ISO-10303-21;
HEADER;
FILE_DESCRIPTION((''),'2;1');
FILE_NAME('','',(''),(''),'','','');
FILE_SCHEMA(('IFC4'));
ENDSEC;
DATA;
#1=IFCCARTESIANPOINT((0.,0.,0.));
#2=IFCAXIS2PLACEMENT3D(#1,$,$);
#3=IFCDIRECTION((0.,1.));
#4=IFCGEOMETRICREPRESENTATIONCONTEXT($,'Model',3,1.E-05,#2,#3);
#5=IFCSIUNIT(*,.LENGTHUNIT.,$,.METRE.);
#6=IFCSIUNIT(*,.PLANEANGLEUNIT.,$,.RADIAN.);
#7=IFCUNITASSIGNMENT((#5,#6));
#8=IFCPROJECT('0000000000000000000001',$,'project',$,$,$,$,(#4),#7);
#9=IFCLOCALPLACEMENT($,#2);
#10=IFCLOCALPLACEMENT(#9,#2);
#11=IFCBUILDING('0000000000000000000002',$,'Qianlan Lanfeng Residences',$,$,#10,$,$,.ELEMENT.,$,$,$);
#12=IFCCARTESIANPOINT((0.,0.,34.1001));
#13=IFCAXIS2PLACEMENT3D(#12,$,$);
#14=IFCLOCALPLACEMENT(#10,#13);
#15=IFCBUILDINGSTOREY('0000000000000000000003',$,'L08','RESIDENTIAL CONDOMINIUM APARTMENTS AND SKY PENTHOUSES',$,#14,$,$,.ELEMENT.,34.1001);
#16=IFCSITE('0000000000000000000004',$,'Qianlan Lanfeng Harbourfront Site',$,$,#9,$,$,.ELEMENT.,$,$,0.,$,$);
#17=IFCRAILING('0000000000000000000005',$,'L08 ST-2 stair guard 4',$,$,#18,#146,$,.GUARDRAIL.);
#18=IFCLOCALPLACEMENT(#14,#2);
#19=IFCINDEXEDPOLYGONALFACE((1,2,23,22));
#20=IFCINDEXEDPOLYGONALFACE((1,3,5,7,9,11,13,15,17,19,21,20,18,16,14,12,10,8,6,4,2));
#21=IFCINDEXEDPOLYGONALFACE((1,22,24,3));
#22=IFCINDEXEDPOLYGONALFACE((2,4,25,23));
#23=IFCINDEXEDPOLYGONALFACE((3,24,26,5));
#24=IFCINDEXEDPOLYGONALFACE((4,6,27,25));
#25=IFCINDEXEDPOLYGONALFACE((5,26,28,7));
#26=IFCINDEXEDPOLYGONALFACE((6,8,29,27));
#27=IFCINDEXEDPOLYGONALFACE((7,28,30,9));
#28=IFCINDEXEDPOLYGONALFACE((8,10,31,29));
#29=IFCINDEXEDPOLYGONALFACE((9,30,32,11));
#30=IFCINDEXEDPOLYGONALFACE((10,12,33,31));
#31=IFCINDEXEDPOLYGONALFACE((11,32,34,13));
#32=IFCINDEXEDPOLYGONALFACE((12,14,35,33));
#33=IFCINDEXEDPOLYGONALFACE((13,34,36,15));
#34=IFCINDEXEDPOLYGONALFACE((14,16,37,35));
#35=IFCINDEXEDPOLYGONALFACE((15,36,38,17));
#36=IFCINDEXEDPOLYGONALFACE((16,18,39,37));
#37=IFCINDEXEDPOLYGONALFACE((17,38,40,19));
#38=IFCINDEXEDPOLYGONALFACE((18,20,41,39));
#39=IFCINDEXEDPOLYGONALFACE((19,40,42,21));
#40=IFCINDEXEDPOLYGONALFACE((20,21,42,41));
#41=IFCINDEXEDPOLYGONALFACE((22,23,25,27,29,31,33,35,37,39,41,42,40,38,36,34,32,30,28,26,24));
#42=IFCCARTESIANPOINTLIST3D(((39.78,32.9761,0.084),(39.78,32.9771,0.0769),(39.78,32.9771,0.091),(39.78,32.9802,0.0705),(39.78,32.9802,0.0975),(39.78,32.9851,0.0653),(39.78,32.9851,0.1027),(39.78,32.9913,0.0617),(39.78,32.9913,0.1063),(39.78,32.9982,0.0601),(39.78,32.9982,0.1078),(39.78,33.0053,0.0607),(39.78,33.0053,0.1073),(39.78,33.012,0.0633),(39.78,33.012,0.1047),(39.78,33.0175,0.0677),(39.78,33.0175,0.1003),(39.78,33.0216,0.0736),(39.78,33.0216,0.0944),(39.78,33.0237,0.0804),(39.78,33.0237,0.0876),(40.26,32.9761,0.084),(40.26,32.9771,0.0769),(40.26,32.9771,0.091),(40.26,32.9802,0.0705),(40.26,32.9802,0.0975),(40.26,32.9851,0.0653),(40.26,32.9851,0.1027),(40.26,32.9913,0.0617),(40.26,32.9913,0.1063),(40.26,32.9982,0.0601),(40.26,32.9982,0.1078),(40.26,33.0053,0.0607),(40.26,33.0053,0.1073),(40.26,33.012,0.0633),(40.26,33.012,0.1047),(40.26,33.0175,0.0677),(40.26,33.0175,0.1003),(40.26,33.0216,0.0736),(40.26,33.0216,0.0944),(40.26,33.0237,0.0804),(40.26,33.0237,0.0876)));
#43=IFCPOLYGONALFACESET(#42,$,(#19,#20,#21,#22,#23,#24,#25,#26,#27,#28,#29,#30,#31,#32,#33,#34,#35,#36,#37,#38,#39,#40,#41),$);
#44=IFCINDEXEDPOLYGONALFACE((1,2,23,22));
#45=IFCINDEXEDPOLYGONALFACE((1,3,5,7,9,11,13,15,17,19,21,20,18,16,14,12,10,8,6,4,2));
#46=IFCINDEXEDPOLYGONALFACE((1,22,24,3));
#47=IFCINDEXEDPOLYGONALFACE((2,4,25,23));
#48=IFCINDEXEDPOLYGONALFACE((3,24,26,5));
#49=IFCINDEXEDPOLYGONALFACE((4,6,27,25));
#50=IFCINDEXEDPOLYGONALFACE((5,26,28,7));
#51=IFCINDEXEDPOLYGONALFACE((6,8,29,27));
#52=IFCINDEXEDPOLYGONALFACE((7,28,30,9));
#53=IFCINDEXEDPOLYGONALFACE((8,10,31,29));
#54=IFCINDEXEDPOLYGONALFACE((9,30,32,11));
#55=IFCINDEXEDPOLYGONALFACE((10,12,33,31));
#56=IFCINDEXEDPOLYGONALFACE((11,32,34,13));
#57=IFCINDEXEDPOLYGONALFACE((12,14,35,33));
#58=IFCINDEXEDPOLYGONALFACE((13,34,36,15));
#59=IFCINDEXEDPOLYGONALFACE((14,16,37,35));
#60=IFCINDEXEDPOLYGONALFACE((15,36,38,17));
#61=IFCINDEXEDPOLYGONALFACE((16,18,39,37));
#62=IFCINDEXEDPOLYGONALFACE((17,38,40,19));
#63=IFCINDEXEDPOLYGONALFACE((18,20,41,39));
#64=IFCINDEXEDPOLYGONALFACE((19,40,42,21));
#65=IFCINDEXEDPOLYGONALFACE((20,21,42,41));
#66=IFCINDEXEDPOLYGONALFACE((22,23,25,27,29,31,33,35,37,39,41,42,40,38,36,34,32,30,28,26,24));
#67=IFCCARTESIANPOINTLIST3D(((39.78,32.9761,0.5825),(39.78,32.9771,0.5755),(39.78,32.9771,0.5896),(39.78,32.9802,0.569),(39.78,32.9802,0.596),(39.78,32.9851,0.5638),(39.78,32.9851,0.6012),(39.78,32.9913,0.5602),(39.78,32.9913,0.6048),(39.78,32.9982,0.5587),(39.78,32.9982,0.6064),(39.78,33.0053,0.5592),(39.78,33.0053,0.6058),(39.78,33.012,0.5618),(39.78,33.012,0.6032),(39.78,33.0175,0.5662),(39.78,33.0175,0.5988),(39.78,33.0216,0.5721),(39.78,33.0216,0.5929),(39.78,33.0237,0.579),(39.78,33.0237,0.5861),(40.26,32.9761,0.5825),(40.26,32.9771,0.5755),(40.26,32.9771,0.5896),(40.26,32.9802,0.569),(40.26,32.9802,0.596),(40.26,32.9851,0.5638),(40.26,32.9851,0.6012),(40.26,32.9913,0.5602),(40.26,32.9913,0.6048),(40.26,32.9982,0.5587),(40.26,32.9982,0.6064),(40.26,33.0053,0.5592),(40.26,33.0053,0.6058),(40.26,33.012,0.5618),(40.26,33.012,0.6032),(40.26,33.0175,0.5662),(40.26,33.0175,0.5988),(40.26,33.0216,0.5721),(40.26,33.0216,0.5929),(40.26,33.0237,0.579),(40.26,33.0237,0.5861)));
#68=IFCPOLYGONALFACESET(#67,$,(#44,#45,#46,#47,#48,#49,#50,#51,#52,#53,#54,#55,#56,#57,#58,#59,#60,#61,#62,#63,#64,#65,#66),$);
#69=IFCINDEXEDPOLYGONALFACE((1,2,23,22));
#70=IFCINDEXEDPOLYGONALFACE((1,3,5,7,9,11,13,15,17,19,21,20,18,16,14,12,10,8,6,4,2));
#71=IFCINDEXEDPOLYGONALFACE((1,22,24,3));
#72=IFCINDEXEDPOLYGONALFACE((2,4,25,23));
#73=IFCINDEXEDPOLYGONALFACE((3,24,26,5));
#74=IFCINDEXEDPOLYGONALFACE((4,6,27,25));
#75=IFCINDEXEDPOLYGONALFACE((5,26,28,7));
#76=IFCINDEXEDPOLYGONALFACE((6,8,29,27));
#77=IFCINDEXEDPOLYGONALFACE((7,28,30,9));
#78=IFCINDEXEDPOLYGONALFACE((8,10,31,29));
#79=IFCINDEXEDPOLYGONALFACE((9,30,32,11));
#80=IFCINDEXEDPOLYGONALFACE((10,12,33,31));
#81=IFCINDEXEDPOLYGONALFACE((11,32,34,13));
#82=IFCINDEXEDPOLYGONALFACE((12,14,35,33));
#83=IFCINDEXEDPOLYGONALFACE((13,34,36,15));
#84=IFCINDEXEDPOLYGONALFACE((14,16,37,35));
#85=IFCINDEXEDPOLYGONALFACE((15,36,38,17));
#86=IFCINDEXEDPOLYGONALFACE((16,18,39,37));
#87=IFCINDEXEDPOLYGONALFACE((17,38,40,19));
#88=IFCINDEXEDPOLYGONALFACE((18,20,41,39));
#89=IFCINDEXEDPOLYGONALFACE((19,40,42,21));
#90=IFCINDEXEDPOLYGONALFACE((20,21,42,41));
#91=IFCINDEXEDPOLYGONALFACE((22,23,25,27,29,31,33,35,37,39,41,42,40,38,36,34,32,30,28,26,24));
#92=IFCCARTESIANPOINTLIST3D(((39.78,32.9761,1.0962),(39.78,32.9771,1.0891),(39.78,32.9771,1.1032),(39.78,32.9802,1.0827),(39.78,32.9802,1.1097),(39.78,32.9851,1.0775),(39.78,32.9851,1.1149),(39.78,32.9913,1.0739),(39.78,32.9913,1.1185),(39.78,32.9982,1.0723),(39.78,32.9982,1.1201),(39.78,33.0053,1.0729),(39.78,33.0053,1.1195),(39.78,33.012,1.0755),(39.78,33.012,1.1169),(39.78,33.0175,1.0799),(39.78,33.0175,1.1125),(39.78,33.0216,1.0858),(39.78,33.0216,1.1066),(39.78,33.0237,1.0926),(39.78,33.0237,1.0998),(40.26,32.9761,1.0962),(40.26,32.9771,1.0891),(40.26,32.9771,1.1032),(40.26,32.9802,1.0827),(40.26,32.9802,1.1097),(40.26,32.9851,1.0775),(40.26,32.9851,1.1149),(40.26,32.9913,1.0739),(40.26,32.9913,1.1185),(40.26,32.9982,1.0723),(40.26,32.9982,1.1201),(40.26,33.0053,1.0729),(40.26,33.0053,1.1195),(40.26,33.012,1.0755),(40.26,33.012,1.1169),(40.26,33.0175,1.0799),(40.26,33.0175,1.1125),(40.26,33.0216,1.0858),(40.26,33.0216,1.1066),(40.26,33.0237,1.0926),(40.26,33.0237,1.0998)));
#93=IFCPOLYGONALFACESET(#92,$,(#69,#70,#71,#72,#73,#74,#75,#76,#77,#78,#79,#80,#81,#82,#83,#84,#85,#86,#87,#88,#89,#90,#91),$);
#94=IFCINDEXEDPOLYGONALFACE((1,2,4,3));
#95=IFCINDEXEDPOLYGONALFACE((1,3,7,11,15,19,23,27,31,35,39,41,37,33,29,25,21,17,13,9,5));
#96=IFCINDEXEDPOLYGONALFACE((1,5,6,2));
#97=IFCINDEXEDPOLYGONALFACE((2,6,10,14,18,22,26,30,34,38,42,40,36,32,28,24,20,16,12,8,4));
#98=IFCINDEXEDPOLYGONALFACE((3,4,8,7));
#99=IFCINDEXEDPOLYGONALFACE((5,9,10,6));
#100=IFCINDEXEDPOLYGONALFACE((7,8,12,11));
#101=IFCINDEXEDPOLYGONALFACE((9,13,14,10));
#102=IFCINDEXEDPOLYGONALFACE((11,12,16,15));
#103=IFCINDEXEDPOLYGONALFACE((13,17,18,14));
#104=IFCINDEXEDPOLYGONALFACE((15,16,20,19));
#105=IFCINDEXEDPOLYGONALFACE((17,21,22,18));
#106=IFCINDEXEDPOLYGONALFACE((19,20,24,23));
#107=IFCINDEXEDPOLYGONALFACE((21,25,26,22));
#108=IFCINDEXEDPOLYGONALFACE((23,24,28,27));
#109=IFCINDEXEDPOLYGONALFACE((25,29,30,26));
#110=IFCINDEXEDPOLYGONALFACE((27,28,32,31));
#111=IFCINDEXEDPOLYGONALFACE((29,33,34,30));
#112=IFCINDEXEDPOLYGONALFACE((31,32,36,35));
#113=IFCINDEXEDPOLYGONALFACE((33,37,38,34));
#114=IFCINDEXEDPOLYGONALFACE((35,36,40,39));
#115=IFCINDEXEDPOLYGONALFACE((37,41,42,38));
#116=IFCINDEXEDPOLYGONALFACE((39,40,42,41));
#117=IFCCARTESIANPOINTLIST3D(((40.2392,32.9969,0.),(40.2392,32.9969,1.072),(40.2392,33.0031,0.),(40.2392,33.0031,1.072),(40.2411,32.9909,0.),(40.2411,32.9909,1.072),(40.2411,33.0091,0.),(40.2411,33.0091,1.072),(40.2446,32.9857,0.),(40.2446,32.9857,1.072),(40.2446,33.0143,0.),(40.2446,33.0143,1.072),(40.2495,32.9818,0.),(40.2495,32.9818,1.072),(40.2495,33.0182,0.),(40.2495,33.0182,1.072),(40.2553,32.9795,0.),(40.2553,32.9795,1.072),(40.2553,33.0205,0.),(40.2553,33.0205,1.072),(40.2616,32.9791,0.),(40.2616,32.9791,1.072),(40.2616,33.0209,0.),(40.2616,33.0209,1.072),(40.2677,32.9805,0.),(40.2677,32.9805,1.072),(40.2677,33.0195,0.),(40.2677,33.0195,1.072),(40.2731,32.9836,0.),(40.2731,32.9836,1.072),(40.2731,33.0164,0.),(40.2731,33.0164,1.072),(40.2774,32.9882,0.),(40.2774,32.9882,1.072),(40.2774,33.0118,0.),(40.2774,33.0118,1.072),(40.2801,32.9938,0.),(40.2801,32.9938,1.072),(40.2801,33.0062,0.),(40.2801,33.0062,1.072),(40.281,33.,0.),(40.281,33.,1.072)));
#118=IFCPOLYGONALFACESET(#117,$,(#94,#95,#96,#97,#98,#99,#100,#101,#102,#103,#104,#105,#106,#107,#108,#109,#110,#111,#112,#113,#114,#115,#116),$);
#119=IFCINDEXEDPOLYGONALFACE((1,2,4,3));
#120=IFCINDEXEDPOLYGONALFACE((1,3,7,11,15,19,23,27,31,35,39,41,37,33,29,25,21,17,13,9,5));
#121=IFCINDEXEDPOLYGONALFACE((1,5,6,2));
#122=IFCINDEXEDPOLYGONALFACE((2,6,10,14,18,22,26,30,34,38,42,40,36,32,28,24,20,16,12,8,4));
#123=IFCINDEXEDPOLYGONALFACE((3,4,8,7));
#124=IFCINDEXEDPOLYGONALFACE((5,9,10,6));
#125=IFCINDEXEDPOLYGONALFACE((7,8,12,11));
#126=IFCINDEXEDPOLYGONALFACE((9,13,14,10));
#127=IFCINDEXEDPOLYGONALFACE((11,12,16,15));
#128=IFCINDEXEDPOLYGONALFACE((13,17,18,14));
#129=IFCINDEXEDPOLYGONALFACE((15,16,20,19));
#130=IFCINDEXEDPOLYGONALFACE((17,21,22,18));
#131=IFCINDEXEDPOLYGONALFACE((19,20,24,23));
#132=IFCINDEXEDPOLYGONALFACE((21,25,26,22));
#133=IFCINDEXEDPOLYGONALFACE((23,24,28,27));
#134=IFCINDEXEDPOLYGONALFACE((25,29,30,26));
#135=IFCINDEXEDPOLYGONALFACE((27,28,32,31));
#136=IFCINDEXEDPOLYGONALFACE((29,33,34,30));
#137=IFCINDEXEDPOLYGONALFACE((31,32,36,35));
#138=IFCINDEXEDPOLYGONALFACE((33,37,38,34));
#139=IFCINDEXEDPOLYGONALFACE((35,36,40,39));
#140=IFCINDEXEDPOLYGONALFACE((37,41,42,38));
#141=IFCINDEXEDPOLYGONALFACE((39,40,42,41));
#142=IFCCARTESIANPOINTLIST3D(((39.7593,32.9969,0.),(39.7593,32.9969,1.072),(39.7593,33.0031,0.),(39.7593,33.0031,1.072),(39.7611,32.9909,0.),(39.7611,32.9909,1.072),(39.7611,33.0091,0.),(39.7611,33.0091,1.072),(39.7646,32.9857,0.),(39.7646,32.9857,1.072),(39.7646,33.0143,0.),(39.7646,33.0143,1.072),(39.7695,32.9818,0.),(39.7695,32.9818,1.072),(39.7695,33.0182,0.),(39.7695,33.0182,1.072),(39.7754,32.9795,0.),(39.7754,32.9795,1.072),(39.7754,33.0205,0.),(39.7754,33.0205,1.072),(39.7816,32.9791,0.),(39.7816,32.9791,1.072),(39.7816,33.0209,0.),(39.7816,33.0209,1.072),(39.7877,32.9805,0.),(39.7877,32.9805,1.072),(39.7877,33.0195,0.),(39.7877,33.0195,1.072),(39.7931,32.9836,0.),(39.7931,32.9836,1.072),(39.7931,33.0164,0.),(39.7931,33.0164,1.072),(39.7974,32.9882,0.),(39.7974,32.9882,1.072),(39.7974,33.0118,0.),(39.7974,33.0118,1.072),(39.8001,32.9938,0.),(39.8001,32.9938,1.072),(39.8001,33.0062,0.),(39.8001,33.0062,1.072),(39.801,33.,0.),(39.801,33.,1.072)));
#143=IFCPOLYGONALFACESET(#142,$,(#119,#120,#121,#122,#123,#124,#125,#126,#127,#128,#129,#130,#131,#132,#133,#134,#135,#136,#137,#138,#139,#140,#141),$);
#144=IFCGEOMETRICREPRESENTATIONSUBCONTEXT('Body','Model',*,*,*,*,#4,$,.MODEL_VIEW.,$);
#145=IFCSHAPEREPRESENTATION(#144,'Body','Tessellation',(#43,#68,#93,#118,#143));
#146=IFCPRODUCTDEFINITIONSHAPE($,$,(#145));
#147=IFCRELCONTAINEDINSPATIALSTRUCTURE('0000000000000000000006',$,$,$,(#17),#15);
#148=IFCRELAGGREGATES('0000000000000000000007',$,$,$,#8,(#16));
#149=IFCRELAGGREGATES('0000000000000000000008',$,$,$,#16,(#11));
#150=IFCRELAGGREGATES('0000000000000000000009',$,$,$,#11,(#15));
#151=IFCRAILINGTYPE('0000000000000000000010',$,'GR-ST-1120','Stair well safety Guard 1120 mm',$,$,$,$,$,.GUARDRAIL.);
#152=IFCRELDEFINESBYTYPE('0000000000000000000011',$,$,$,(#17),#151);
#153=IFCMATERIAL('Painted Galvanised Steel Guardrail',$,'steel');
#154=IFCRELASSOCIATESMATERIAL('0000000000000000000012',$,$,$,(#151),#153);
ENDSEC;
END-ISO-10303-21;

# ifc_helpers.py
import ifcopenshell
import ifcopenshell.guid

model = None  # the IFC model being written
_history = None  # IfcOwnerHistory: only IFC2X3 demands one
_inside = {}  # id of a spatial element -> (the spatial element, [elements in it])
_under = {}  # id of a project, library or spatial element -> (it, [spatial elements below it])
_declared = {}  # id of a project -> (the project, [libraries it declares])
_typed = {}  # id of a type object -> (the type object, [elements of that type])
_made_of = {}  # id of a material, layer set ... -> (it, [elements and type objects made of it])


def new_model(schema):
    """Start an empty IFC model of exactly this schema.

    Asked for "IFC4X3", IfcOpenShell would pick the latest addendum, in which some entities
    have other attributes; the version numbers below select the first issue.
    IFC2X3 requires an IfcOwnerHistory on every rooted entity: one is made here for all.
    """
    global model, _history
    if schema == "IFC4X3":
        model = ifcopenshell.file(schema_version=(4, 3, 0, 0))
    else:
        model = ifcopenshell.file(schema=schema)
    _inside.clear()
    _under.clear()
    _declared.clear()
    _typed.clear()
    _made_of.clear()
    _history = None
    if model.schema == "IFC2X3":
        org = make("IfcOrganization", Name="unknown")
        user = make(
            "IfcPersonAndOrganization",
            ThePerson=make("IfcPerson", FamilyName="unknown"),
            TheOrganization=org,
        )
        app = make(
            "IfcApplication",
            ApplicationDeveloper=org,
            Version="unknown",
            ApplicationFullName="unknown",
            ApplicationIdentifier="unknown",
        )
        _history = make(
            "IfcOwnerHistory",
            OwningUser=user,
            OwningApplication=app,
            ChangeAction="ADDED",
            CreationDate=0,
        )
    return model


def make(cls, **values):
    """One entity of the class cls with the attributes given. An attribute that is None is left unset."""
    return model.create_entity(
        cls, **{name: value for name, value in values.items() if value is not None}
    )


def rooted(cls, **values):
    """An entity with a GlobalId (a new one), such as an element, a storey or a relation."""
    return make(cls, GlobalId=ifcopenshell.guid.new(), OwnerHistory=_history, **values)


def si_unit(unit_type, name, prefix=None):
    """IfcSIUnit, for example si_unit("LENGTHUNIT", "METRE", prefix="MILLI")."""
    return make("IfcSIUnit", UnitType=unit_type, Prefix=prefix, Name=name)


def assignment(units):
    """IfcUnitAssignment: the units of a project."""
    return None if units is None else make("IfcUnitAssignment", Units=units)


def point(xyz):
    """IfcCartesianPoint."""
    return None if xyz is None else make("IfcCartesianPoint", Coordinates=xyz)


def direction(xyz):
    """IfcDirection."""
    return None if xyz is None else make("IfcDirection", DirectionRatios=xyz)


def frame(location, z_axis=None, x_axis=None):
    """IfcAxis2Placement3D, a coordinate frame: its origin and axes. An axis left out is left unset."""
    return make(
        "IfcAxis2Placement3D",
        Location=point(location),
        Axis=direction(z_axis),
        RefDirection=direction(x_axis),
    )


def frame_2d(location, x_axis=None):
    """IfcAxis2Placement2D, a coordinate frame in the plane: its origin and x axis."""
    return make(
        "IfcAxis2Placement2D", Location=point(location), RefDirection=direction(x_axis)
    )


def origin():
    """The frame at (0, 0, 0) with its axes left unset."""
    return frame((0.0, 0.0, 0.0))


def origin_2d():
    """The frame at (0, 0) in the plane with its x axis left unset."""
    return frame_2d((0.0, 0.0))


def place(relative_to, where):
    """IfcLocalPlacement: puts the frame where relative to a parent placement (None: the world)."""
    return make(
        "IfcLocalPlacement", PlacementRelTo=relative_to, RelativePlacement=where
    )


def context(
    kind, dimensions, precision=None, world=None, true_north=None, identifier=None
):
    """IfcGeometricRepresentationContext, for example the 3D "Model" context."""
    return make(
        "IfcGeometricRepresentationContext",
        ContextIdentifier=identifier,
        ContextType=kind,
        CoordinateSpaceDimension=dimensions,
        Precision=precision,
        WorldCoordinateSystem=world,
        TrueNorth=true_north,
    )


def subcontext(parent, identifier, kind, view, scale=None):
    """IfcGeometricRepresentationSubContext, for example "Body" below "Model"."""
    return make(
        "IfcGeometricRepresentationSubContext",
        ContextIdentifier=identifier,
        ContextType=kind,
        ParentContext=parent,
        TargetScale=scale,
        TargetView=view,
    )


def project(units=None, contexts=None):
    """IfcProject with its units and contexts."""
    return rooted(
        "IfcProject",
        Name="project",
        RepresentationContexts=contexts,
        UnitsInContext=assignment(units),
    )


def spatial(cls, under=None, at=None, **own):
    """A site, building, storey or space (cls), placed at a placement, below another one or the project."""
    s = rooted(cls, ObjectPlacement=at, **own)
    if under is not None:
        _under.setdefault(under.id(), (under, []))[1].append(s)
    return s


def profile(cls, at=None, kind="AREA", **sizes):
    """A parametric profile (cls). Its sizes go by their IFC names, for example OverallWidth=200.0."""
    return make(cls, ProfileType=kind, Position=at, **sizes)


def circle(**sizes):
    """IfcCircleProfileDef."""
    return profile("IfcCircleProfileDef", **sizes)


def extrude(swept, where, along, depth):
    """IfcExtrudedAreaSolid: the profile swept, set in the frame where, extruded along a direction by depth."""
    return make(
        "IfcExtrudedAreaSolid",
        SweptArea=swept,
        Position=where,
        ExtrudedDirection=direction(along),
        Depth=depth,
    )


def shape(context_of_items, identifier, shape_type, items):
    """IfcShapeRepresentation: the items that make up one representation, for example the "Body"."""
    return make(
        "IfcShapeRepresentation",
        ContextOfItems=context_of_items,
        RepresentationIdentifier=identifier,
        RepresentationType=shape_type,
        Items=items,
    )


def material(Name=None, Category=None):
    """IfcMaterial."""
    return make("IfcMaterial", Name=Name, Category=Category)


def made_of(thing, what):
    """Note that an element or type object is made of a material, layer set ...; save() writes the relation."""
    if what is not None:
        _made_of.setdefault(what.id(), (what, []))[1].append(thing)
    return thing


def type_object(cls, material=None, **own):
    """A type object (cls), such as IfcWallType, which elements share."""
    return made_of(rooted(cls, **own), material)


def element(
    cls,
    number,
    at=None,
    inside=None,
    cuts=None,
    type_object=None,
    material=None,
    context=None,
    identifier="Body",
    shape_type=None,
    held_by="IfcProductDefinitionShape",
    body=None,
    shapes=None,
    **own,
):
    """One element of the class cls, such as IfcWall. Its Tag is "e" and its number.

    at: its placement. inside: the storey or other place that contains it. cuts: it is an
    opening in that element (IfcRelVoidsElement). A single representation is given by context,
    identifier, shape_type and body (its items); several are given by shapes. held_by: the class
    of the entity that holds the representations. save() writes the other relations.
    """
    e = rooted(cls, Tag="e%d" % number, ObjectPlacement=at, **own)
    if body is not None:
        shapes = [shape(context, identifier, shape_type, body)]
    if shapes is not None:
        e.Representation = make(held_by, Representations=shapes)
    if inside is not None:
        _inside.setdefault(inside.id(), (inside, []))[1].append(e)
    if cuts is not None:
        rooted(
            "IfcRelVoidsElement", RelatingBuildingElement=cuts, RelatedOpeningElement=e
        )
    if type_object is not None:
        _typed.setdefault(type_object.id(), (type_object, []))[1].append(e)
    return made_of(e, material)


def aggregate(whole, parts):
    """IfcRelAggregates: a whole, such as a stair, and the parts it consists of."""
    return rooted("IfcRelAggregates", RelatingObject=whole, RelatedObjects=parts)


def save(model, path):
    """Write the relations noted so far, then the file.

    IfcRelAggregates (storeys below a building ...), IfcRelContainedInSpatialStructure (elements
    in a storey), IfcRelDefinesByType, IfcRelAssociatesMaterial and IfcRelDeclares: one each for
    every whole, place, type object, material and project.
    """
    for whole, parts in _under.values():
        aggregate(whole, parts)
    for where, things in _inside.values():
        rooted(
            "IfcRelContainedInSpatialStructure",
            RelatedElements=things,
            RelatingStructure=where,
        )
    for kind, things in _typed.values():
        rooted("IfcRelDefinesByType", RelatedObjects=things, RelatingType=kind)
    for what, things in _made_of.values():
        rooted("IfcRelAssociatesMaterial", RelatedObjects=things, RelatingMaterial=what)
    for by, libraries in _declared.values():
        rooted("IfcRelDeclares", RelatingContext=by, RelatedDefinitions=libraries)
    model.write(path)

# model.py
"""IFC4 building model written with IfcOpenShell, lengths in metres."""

from ifc_helpers import new_model, si_unit, direction, frame, origin, origin_2d, place, context, subcontext, project, spatial, circle, extrude, material, type_object, element, save


model = new_model("IFC4")

# Units and contexts
model_context = context("Model", 3, precision=1e-05, world=origin(), true_north=direction((0.0, 1.0)))
body_context = subcontext(model_context, "Body", "Model", "MODEL_VIEW")
ifc_project = project(units=[si_unit("LENGTHUNIT", "METRE"), si_unit("PLANEANGLEUNIT", "RADIAN")], contexts=[model_context])

# Site, building, storey
site_placement = place(None, origin())
site = spatial("IfcSite", under=ifc_project, at=site_placement, Name="Qianlan Lanfeng Harbourfront Site", CompositionType="ELEMENT", RefElevation=0.0)
building_placement = place(site_placement, origin())
building = spatial("IfcBuilding", under=site, at=building_placement, Name="Qianlan Lanfeng Residences", CompositionType="ELEMENT")
storey_placement = place(building_placement, frame((0.0, 0.0, 34.1001)))
storey = spatial("IfcBuildingStorey", under=building, at=storey_placement, Name="L08", Description="RESIDENTIAL CONDOMINIUM APARTMENTS AND SKY PENTHOUSES", CompositionType="ELEMENT", Elevation=34.1001)

# Railing
ifc_material_1 = material(Name="Painted Galvanised Steel Guardrail", Category="steel")
railing_type_1 = type_object("IfcRailingType", Name="GR-ST-1120", Description="Stair well safety Guard 1120 mm", PredefinedType="GUARDRAIL", material=ifc_material_1)
railing_1_placement = place(storey_placement, frame((40.26, 33.0, 0.0)))
element("IfcRailing", 1, at=railing_1_placement, inside=storey, type_object=railing_type_1, Name="L08 ST-2 stair guard 4", PredefinedType="GUARDRAIL", context=body_context, shape_type="SweptSolid", body=[
    extrude(circle(Radius=0.0239, at=origin_2d()), frame((0.0, 0.0, 0.084), z_axis=(-1.0, 0.0, 0.0), x_axis=(0.0, -1.0, 0.0)), (0.0, 0.0, 1.0), 0.48),
    extrude(circle(Radius=0.0239, at=origin_2d()), frame((0.0, 0.0, 0.5825), z_axis=(-1.0, 0.0, 0.0), x_axis=(0.0, -1.0, 0.0)), (0.0, 0.0, 1.0), 0.48),
    extrude(circle(Radius=0.0239, at=origin_2d()), frame((0.0, 0.0, 1.0962), z_axis=(-1.0, 0.0, 0.0), x_axis=(0.0, -1.0, 0.0)), (0.0, 0.0, 1.0), 0.48),
    extrude(circle(Radius=0.021, at=origin_2d()), origin(), (0.0, 0.0, 1.0), 1.072),
    extrude(circle(Radius=0.021, at=origin_2d()), frame((-0.48, 0.0, 0.0)), (0.0, 0.0, 1.0), 1.072),
])

save(model, "model.ifc")
